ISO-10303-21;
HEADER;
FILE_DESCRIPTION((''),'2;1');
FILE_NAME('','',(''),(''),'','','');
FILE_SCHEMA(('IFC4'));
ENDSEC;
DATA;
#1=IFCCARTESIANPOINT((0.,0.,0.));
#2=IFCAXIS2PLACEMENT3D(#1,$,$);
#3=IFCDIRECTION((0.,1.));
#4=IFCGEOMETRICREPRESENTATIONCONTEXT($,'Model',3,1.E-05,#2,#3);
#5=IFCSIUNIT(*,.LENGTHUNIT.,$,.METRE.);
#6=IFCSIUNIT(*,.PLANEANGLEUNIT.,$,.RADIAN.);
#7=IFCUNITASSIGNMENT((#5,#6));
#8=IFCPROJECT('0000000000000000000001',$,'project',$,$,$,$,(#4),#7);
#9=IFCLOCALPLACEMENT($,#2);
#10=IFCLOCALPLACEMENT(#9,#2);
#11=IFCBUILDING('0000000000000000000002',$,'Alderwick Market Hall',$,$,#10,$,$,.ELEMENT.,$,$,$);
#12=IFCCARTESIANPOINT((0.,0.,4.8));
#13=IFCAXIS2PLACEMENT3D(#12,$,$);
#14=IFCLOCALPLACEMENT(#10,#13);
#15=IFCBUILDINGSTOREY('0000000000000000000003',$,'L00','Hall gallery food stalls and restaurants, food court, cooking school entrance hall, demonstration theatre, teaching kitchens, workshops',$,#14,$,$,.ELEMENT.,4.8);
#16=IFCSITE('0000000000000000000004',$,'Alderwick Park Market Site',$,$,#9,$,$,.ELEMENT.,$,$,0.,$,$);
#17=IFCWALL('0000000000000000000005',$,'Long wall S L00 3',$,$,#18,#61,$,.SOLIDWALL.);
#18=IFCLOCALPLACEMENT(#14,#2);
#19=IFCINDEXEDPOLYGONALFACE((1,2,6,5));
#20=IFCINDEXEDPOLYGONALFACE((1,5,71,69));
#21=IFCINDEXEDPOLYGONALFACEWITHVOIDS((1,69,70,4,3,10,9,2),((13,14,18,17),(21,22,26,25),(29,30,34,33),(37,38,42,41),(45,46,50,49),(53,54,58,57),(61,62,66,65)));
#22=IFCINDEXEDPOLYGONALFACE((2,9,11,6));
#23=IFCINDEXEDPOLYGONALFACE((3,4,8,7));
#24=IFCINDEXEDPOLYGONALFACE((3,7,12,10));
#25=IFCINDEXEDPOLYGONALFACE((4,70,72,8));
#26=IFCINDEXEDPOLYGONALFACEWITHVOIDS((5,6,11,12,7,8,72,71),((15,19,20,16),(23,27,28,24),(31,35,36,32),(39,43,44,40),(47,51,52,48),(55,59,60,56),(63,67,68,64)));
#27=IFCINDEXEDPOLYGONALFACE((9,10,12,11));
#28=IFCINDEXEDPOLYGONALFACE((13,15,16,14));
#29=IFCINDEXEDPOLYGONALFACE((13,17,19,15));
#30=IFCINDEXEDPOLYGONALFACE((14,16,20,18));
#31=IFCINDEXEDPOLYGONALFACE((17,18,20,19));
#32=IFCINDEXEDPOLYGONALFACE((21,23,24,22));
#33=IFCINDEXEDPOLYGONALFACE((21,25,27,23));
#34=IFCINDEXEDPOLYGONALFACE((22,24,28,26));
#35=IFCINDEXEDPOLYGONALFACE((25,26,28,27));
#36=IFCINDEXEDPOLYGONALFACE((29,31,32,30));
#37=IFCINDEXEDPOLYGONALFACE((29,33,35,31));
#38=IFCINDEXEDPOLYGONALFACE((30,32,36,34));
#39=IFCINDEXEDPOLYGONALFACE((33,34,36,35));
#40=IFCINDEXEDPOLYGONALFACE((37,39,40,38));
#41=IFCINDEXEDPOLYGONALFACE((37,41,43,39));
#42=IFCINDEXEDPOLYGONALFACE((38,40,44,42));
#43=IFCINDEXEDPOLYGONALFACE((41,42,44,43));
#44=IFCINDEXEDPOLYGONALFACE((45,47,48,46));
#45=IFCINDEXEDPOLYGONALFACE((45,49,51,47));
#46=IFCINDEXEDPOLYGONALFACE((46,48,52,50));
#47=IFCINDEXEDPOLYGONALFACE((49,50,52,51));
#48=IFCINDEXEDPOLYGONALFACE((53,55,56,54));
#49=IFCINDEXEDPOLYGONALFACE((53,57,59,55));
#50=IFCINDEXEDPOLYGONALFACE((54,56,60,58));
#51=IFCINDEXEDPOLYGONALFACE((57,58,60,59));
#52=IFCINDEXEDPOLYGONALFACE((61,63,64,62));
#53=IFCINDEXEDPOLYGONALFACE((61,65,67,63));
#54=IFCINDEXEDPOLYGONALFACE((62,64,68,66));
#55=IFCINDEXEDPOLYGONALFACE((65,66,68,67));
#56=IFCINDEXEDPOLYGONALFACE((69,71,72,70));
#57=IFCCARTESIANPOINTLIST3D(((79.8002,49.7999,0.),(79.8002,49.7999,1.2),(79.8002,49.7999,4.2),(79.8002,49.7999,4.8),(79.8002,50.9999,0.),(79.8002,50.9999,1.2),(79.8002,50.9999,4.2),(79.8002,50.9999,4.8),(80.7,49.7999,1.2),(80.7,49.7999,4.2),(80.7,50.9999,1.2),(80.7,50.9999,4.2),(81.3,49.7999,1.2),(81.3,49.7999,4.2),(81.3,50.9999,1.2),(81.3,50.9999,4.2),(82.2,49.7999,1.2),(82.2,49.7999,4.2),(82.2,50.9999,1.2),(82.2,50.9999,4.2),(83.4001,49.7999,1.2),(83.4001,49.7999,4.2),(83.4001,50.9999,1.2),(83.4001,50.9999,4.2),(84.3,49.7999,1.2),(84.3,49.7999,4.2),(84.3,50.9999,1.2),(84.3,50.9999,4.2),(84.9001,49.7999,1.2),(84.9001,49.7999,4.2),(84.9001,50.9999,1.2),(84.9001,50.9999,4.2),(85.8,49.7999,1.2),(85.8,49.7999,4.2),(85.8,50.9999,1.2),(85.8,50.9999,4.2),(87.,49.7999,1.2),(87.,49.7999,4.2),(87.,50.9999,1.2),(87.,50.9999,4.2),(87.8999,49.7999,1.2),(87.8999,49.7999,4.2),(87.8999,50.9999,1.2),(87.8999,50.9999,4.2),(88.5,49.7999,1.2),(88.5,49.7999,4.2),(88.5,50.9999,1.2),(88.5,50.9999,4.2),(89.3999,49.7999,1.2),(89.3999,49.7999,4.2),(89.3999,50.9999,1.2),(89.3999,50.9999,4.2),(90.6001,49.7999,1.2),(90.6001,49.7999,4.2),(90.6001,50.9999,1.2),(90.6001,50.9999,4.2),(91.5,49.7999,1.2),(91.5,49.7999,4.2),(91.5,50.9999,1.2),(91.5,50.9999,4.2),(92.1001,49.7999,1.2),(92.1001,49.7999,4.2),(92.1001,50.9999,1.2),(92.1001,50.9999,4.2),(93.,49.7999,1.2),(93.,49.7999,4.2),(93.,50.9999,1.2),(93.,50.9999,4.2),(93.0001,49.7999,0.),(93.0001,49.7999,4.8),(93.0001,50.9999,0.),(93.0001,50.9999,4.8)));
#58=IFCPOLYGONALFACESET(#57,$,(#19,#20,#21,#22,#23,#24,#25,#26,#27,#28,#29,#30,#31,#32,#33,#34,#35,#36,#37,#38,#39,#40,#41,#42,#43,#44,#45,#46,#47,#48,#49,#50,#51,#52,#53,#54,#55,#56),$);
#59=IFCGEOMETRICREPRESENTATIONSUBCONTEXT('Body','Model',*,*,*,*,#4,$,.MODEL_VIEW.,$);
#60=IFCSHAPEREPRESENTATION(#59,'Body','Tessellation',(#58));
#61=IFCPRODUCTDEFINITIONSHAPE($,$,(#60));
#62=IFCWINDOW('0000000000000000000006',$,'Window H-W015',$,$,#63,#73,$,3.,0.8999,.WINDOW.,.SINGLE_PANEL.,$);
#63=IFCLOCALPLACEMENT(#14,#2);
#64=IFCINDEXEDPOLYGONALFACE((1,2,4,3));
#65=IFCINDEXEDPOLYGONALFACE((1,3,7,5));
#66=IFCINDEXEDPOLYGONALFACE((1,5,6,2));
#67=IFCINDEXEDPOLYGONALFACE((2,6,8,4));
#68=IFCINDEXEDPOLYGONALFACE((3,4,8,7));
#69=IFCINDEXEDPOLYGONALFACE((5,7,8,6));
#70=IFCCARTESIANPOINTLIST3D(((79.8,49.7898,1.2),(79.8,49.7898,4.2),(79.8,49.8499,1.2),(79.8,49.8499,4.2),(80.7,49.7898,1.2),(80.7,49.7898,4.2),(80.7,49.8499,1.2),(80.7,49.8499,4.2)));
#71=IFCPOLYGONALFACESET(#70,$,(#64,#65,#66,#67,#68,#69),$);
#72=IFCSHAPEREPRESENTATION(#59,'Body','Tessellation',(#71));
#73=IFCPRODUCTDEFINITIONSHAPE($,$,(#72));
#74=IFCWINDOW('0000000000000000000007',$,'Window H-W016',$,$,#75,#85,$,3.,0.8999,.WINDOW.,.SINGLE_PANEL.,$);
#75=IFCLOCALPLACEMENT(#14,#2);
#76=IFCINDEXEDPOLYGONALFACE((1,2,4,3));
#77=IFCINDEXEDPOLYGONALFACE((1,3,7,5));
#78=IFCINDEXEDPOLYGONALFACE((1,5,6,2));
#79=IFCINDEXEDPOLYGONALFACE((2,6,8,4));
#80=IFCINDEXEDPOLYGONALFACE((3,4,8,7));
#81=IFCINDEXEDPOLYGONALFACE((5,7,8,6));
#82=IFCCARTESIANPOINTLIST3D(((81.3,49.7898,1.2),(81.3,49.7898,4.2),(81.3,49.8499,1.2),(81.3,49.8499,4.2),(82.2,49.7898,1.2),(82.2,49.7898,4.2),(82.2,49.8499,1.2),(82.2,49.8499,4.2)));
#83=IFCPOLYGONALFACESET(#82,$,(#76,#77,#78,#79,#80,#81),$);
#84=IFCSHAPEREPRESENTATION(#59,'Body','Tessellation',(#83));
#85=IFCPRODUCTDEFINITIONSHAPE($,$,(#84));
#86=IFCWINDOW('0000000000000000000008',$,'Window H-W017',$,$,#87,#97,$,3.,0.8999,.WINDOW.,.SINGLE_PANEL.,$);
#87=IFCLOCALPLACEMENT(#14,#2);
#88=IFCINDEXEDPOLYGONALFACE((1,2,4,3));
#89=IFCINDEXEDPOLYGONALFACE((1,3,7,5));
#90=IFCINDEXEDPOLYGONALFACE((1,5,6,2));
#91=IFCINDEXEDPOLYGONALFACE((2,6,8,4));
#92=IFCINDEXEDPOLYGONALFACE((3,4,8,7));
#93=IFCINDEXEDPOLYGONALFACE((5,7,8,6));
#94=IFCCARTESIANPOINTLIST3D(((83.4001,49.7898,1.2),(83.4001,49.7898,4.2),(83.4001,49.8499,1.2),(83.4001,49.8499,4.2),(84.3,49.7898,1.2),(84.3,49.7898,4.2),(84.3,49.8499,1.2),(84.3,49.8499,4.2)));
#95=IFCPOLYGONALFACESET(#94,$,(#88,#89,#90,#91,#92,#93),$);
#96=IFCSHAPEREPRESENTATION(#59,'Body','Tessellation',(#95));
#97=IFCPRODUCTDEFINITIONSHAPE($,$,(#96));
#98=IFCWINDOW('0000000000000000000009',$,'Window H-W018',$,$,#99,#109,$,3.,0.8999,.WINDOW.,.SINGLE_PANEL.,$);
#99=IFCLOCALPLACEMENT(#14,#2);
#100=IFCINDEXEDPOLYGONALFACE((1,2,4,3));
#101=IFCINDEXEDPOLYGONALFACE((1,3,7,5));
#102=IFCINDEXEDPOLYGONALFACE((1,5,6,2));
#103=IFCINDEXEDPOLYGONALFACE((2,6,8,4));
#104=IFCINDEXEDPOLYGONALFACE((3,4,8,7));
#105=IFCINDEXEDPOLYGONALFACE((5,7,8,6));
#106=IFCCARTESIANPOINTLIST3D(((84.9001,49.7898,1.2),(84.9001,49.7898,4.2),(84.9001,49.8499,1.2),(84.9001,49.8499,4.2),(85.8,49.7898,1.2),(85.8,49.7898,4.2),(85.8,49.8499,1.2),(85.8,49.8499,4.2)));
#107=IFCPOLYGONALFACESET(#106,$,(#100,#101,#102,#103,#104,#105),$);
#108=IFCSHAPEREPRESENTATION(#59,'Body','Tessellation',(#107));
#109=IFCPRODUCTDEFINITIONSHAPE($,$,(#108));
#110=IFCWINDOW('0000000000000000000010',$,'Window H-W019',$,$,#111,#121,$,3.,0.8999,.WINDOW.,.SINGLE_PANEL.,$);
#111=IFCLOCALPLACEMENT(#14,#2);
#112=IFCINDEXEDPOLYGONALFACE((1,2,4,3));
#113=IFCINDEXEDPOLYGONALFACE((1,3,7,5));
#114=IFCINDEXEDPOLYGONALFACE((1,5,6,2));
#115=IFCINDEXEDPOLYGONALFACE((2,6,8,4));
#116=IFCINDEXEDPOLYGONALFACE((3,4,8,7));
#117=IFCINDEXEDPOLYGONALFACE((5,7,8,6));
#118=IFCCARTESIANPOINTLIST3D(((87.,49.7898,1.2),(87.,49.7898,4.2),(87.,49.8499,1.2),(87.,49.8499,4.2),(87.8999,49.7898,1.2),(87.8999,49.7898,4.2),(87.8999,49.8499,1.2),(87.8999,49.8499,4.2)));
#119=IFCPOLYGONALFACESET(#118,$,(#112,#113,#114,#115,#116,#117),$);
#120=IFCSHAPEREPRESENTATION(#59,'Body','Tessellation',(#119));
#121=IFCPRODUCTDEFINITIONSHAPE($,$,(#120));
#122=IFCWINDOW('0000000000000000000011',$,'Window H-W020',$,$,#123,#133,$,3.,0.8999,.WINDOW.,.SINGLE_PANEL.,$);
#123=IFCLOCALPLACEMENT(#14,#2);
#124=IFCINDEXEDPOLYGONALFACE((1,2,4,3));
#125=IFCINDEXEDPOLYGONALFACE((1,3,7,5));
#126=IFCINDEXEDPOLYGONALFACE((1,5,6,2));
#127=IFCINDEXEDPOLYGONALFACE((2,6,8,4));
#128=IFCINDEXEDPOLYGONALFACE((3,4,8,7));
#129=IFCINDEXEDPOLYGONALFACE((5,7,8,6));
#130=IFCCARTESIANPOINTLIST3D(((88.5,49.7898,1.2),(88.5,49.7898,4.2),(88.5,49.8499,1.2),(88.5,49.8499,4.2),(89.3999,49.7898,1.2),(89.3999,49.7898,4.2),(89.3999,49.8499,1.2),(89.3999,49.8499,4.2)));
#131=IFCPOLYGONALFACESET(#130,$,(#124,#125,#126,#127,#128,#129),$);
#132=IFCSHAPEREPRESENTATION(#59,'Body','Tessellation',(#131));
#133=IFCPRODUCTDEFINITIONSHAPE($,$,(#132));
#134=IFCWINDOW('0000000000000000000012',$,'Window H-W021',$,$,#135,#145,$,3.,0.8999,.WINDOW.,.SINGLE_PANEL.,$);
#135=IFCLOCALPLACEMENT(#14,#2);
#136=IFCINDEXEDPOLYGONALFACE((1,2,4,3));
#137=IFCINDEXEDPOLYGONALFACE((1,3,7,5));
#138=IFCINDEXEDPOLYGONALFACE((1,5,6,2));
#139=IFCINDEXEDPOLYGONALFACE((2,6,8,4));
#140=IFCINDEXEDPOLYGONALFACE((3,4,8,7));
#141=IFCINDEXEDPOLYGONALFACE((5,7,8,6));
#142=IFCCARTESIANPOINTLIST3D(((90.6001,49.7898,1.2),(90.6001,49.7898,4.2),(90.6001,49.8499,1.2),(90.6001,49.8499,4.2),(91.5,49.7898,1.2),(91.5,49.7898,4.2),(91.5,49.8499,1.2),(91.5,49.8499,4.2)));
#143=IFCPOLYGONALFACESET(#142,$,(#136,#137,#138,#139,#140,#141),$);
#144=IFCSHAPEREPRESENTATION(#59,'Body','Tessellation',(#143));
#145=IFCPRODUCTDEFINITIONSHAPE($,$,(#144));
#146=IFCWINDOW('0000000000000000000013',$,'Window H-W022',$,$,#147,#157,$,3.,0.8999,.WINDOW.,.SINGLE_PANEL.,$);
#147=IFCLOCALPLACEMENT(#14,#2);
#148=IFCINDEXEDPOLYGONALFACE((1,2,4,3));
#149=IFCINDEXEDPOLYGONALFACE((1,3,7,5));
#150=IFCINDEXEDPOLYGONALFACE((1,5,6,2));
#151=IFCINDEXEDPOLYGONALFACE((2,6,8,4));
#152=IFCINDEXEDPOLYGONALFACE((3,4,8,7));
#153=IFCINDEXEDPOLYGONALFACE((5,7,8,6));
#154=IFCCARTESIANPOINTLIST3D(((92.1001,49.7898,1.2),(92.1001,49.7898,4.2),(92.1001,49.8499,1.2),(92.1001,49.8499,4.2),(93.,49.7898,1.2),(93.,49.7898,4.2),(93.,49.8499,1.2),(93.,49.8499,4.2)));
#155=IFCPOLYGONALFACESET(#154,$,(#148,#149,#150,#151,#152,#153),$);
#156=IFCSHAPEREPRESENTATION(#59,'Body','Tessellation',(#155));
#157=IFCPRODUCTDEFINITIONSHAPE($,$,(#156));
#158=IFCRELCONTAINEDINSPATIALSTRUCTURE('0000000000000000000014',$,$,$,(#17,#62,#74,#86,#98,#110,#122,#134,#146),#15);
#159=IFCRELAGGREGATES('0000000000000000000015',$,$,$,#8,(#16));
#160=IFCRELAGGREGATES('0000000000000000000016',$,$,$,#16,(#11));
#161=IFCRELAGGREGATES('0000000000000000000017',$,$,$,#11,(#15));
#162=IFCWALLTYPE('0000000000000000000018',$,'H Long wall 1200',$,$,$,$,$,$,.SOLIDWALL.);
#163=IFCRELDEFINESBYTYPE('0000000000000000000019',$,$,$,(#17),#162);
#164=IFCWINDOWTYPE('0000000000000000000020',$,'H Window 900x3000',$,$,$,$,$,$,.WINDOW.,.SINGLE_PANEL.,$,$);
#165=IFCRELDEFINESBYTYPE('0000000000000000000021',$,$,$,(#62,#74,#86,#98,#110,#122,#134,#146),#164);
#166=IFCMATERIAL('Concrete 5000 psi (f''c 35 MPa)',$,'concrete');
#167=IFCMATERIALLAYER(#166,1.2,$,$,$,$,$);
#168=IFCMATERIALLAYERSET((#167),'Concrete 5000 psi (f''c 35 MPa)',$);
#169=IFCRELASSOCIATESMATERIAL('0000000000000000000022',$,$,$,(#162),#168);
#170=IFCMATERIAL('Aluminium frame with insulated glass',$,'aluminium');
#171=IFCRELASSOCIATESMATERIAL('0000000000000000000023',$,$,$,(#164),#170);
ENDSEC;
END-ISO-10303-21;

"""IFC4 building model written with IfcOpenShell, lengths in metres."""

from ifc_helpers import new_model, si_unit, direction, frame, frame_2d, origin, place, context, subcontext, project, spatial, rectangle, extrude, material, layer, layer_set, type_object, element, fill, save


model = new_model("IFC4")

# Units and contexts
model_context = context("Model", 3, precision=1e-05, world=origin(), true_north=direction((0.0, 1.0)))
body_context = subcontext(model_context, "Body", "Model", "MODEL_VIEW")
ifc_project = project(units=[si_unit("LENGTHUNIT", "METRE"), si_unit("PLANEANGLEUNIT", "RADIAN")], contexts=[model_context])

# Site, building, storey
site_placement = place(None, origin())
site = spatial("IfcSite", under=ifc_project, at=site_placement, Name="Alderwick Park Market Site", CompositionType="ELEMENT", RefElevation=0.0)
building_placement = place(site_placement, origin())
building = spatial("IfcBuilding", under=site, at=building_placement, Name="Alderwick Market Hall", CompositionType="ELEMENT")
storey_placement = place(building_placement, frame((0.0, 0.0, 4.8)))
storey = spatial("IfcBuildingStorey", under=building, at=storey_placement, Name="L00", Description="Hall gallery food stalls and restaurants, food court, cooking school entrance hall, demonstration theatre, teaching kitchens, workshops", CompositionType="ELEMENT", Elevation=4.8)

# Shared definitions
ifc_material_1 = material(Name="Concrete 5000 psi (f'c 35 MPa)", Category="concrete")

# Wall, openings, windows
ifc_layer_1 = layer(ifc_material_1, 1.2)
ifc_layer_set_1 = layer_set([ifc_layer_1], Name="Concrete 5000 psi (f'c 35 MPa)")
wall_type_1 = type_object("IfcWallType", Name="H Long wall 1200", PredefinedType="SOLIDWALL", material=ifc_layer_set_1)
wall_1_placement = place(storey_placement, frame((79.8, 50.3999, 0.0), z_axis=(0.0, 0.0, 1.0), x_axis=(1.0, 0.0, 0.0)))
wall_1 = element("IfcWall", 1, at=wall_1_placement, inside=storey, type_object=wall_type_1, Name="Long wall S L00 3", PredefinedType="SOLIDWALL", context=body_context, shape_type="SweptSolid", body=[
    extrude(rectangle(XDim=13.2, YDim=1.2, at=frame_2d((6.6001, 0.0))), origin(), (0.0, 0.0, 1.0), 4.8),
])
opening_1_placement = place(wall_1_placement, frame((0.0, 0.0, 1.2)))
opening_1 = element("IfcOpeningElement", 2, at=opening_1_placement, cuts=wall_1, PredefinedType="OPENING", context=body_context, shape_type="SweptSolid", body=[
    extrude(rectangle(XDim=0.8999, YDim=3.0, at=frame_2d((0.45, 1.5))), frame((0.0, 0.6099, 0.0), z_axis=(0.0, -1.0, 0.0), x_axis=(1.0, 0.0, 0.0)), (0.0, 0.0, 1.0), 1.22),
])
opening_2_placement = place(wall_1_placement, frame((1.5, 0.0, 1.2)))
opening_2 = element("IfcOpeningElement", 3, at=opening_2_placement, cuts=wall_1, PredefinedType="OPENING", context=body_context, shape_type="SweptSolid", body=[
    extrude(rectangle(XDim=0.8999, YDim=3.0, at=frame_2d((0.45, 1.5))), frame((0.0, 0.6099, 0.0), z_axis=(0.0, -1.0, 0.0), x_axis=(1.0, 0.0, 0.0)), (0.0, 0.0, 1.0), 1.22),
])
opening_3_placement = place(wall_1_placement, frame((3.6001, 0.0, 1.2)))
opening_3 = element("IfcOpeningElement", 4, at=opening_3_placement, cuts=wall_1, PredefinedType="OPENING", context=body_context, shape_type="SweptSolid", body=[
    extrude(rectangle(XDim=0.8999, YDim=3.0, at=frame_2d((0.45, 1.5))), frame((0.0, 0.6099, 0.0), z_axis=(0.0, -1.0, 0.0), x_axis=(1.0, 0.0, 0.0)), (0.0, 0.0, 1.0), 1.22),
])
opening_4_placement = place(wall_1_placement, frame((5.1001, 0.0, 1.2)))
opening_4 = element("IfcOpeningElement", 5, at=opening_4_placement, cuts=wall_1, PredefinedType="OPENING", context=body_context, shape_type="SweptSolid", body=[
    extrude(rectangle(XDim=0.8999, YDim=3.0, at=frame_2d((0.45, 1.5))), frame((0.0, 0.6099, 0.0), z_axis=(0.0, -1.0, 0.0), x_axis=(1.0, 0.0, 0.0)), (0.0, 0.0, 1.0), 1.22),
])
opening_5_placement = place(wall_1_placement, frame((7.2, 0.0, 1.2)))
opening_5 = element("IfcOpeningElement", 6, at=opening_5_placement, cuts=wall_1, PredefinedType="OPENING", context=body_context, shape_type="SweptSolid", body=[
    extrude(rectangle(XDim=0.8999, YDim=3.0, at=frame_2d((0.45, 1.5))), frame((0.0, 0.6099, 0.0), z_axis=(0.0, -1.0, 0.0), x_axis=(1.0, 0.0, 0.0)), (0.0, 0.0, 1.0), 1.22),
])
opening_6_placement = place(wall_1_placement, frame((8.7, 0.0, 1.2)))
opening_6 = element("IfcOpeningElement", 7, at=opening_6_placement, cuts=wall_1, PredefinedType="OPENING", context=body_context, shape_type="SweptSolid", body=[
    extrude(rectangle(XDim=0.8999, YDim=3.0, at=frame_2d((0.45, 1.5))), frame((0.0, 0.6099, 0.0), z_axis=(0.0, -1.0, 0.0), x_axis=(1.0, 0.0, 0.0)), (0.0, 0.0, 1.0), 1.22),
])
opening_7_placement = place(wall_1_placement, frame((10.8, 0.0, 1.2)))
opening_7 = element("IfcOpeningElement", 8, at=opening_7_placement, cuts=wall_1, PredefinedType="OPENING", context=body_context, shape_type="SweptSolid", body=[
    extrude(rectangle(XDim=0.8999, YDim=3.0, at=frame_2d((0.45, 1.5))), frame((0.0, 0.6099, 0.0), z_axis=(0.0, -1.0, 0.0), x_axis=(1.0, 0.0, 0.0)), (0.0, 0.0, 1.0), 1.22),
])
opening_8_placement = place(wall_1_placement, frame((12.3, 0.0, 1.2)))
opening_8 = element("IfcOpeningElement", 9, at=opening_8_placement, cuts=wall_1, PredefinedType="OPENING", context=body_context, shape_type="SweptSolid", body=[
    extrude(rectangle(XDim=0.8999, YDim=3.0, at=frame_2d((0.45, 1.5))), frame((0.0, 0.6099, 0.0), z_axis=(0.0, -1.0, 0.0), x_axis=(1.0, 0.0, 0.0)), (0.0, 0.0, 1.0), 1.22),
])
ifc_material_2 = material(Name="Aluminium frame with insulated glass", Category="aluminium")
window_type = type_object("IfcWindowType", Name="H Window 900x3000", PartitioningType="SINGLE_PANEL", PredefinedType="WINDOW", material=ifc_material_2)
window_1_placement = place(opening_1_placement, origin())
window_1 = element("IfcWindow", 10, at=window_1_placement, inside=storey, type_object=window_type, Name="Window H-W015", OverallHeight=3.0, OverallWidth=0.8999, PartitioningType="SINGLE_PANEL", PredefinedType="WINDOW", context=body_context, shape_type="SweptSolid", body=[
    extrude(rectangle(XDim=0.8999, YDim=3.0, at=frame_2d((0.45, 1.5))), frame((0.0, -0.55, 0.0), z_axis=(0.0, -1.0, 0.0), x_axis=(1.0, 0.0, 0.0)), (0.0, 0.0, 1.0), 0.0601),
])
fill(opening_1, window_1)
window_2_placement = place(opening_2_placement, origin())
window_2 = element("IfcWindow", 11, at=window_2_placement, inside=storey, type_object=window_type, Name="Window H-W016", OverallHeight=3.0, OverallWidth=0.8999, PartitioningType="SINGLE_PANEL", PredefinedType="WINDOW", context=body_context, shape_type="SweptSolid", body=[
    extrude(rectangle(XDim=0.8999, YDim=3.0, at=frame_2d((0.45, 1.5))), frame((0.0, -0.55, 0.0), z_axis=(0.0, -1.0, 0.0), x_axis=(1.0, 0.0, 0.0)), (0.0, 0.0, 1.0), 0.0601),
])
fill(opening_2, window_2)
window_3_placement = place(opening_3_placement, origin())
window_3 = element("IfcWindow", 12, at=window_3_placement, inside=storey, type_object=window_type, Name="Window H-W017", OverallHeight=3.0, OverallWidth=0.8999, PartitioningType="SINGLE_PANEL", PredefinedType="WINDOW", context=body_context, shape_type="SweptSolid", body=[
    extrude(rectangle(XDim=0.8999, YDim=3.0, at=frame_2d((0.45, 1.5))), frame((0.0, -0.55, 0.0), z_axis=(0.0, -1.0, 0.0), x_axis=(1.0, 0.0, 0.0)), (0.0, 0.0, 1.0), 0.0601),
])
fill(opening_3, window_3)
window_4_placement = place(opening_4_placement, origin())
window_4 = element("IfcWindow", 13, at=window_4_placement, inside=storey, type_object=window_type, Name="Window H-W018", OverallHeight=3.0, OverallWidth=0.8999, PartitioningType="SINGLE_PANEL", PredefinedType="WINDOW", context=body_context, shape_type="SweptSolid", body=[
    extrude(rectangle(XDim=0.8999, YDim=3.0, at=frame_2d((0.45, 1.5))), frame((0.0, -0.55, 0.0), z_axis=(0.0, -1.0, 0.0), x_axis=(1.0, 0.0, 0.0)), (0.0, 0.0, 1.0), 0.0601),
])
fill(opening_4, window_4)
window_5_placement = place(opening_5_placement, origin())
window_5 = element("IfcWindow", 14, at=window_5_placement, inside=storey, type_object=window_type, Name="Window H-W019", OverallHeight=3.0, OverallWidth=0.8999, PartitioningType="SINGLE_PANEL", PredefinedType="WINDOW", context=body_context, shape_type="SweptSolid", body=[
    extrude(rectangle(XDim=0.8999, YDim=3.0, at=frame_2d((0.45, 1.5))), frame((0.0, -0.55, 0.0), z_axis=(0.0, -1.0, 0.0), x_axis=(1.0, 0.0, 0.0)), (0.0, 0.0, 1.0), 0.0601),
])
fill(opening_5, window_5)
window_6_placement = place(opening_6_placement, origin())
window_6 = element("IfcWindow", 15, at=window_6_placement, inside=storey, type_object=window_type, Name="Window H-W020", OverallHeight=3.0, OverallWidth=0.8999, PartitioningType="SINGLE_PANEL", PredefinedType="WINDOW", context=body_context, shape_type="SweptSolid", body=[
    extrude(rectangle(XDim=0.8999, YDim=3.0, at=frame_2d((0.45, 1.5))), frame((0.0, -0.55, 0.0), z_axis=(0.0, -1.0, 0.0), x_axis=(1.0, 0.0, 0.0)), (0.0, 0.0, 1.0), 0.0601),
])
fill(opening_6, window_6)
window_7_placement = place(opening_7_placement, origin())
window_7 = element("IfcWindow", 16, at=window_7_placement, inside=storey, type_object=window_type, Name="Window H-W021", OverallHeight=3.0, OverallWidth=0.8999, PartitioningType="SINGLE_PANEL", PredefinedType="WINDOW", context=body_context, shape_type="SweptSolid", body=[
    extrude(rectangle(XDim=0.8999, YDim=3.0, at=frame_2d((0.45, 1.5))), frame((0.0, -0.55, 0.0), z_axis=(0.0, -1.0, 0.0), x_axis=(1.0, 0.0, 0.0)), (0.0, 0.0, 1.0), 0.0601),
])
fill(opening_7, window_7)
window_8_placement = place(opening_8_placement, origin())
window_8 = element("IfcWindow", 17, at=window_8_placement, inside=storey, type_object=window_type, Name="Window H-W022", OverallHeight=3.0, OverallWidth=0.8999, PartitioningType="SINGLE_PANEL", PredefinedType="WINDOW", context=body_context, shape_type="SweptSolid", body=[
    extrude(rectangle(XDim=0.8999, YDim=3.0, at=frame_2d((0.45, 1.5))), frame((0.0, -0.55, 0.0), z_axis=(0.0, -1.0, 0.0), x_axis=(1.0, 0.0, 0.0)), (0.0, 0.0, 1.0), 0.0601),
])
fill(opening_8, window_8)

save(model, "model.ifc")
